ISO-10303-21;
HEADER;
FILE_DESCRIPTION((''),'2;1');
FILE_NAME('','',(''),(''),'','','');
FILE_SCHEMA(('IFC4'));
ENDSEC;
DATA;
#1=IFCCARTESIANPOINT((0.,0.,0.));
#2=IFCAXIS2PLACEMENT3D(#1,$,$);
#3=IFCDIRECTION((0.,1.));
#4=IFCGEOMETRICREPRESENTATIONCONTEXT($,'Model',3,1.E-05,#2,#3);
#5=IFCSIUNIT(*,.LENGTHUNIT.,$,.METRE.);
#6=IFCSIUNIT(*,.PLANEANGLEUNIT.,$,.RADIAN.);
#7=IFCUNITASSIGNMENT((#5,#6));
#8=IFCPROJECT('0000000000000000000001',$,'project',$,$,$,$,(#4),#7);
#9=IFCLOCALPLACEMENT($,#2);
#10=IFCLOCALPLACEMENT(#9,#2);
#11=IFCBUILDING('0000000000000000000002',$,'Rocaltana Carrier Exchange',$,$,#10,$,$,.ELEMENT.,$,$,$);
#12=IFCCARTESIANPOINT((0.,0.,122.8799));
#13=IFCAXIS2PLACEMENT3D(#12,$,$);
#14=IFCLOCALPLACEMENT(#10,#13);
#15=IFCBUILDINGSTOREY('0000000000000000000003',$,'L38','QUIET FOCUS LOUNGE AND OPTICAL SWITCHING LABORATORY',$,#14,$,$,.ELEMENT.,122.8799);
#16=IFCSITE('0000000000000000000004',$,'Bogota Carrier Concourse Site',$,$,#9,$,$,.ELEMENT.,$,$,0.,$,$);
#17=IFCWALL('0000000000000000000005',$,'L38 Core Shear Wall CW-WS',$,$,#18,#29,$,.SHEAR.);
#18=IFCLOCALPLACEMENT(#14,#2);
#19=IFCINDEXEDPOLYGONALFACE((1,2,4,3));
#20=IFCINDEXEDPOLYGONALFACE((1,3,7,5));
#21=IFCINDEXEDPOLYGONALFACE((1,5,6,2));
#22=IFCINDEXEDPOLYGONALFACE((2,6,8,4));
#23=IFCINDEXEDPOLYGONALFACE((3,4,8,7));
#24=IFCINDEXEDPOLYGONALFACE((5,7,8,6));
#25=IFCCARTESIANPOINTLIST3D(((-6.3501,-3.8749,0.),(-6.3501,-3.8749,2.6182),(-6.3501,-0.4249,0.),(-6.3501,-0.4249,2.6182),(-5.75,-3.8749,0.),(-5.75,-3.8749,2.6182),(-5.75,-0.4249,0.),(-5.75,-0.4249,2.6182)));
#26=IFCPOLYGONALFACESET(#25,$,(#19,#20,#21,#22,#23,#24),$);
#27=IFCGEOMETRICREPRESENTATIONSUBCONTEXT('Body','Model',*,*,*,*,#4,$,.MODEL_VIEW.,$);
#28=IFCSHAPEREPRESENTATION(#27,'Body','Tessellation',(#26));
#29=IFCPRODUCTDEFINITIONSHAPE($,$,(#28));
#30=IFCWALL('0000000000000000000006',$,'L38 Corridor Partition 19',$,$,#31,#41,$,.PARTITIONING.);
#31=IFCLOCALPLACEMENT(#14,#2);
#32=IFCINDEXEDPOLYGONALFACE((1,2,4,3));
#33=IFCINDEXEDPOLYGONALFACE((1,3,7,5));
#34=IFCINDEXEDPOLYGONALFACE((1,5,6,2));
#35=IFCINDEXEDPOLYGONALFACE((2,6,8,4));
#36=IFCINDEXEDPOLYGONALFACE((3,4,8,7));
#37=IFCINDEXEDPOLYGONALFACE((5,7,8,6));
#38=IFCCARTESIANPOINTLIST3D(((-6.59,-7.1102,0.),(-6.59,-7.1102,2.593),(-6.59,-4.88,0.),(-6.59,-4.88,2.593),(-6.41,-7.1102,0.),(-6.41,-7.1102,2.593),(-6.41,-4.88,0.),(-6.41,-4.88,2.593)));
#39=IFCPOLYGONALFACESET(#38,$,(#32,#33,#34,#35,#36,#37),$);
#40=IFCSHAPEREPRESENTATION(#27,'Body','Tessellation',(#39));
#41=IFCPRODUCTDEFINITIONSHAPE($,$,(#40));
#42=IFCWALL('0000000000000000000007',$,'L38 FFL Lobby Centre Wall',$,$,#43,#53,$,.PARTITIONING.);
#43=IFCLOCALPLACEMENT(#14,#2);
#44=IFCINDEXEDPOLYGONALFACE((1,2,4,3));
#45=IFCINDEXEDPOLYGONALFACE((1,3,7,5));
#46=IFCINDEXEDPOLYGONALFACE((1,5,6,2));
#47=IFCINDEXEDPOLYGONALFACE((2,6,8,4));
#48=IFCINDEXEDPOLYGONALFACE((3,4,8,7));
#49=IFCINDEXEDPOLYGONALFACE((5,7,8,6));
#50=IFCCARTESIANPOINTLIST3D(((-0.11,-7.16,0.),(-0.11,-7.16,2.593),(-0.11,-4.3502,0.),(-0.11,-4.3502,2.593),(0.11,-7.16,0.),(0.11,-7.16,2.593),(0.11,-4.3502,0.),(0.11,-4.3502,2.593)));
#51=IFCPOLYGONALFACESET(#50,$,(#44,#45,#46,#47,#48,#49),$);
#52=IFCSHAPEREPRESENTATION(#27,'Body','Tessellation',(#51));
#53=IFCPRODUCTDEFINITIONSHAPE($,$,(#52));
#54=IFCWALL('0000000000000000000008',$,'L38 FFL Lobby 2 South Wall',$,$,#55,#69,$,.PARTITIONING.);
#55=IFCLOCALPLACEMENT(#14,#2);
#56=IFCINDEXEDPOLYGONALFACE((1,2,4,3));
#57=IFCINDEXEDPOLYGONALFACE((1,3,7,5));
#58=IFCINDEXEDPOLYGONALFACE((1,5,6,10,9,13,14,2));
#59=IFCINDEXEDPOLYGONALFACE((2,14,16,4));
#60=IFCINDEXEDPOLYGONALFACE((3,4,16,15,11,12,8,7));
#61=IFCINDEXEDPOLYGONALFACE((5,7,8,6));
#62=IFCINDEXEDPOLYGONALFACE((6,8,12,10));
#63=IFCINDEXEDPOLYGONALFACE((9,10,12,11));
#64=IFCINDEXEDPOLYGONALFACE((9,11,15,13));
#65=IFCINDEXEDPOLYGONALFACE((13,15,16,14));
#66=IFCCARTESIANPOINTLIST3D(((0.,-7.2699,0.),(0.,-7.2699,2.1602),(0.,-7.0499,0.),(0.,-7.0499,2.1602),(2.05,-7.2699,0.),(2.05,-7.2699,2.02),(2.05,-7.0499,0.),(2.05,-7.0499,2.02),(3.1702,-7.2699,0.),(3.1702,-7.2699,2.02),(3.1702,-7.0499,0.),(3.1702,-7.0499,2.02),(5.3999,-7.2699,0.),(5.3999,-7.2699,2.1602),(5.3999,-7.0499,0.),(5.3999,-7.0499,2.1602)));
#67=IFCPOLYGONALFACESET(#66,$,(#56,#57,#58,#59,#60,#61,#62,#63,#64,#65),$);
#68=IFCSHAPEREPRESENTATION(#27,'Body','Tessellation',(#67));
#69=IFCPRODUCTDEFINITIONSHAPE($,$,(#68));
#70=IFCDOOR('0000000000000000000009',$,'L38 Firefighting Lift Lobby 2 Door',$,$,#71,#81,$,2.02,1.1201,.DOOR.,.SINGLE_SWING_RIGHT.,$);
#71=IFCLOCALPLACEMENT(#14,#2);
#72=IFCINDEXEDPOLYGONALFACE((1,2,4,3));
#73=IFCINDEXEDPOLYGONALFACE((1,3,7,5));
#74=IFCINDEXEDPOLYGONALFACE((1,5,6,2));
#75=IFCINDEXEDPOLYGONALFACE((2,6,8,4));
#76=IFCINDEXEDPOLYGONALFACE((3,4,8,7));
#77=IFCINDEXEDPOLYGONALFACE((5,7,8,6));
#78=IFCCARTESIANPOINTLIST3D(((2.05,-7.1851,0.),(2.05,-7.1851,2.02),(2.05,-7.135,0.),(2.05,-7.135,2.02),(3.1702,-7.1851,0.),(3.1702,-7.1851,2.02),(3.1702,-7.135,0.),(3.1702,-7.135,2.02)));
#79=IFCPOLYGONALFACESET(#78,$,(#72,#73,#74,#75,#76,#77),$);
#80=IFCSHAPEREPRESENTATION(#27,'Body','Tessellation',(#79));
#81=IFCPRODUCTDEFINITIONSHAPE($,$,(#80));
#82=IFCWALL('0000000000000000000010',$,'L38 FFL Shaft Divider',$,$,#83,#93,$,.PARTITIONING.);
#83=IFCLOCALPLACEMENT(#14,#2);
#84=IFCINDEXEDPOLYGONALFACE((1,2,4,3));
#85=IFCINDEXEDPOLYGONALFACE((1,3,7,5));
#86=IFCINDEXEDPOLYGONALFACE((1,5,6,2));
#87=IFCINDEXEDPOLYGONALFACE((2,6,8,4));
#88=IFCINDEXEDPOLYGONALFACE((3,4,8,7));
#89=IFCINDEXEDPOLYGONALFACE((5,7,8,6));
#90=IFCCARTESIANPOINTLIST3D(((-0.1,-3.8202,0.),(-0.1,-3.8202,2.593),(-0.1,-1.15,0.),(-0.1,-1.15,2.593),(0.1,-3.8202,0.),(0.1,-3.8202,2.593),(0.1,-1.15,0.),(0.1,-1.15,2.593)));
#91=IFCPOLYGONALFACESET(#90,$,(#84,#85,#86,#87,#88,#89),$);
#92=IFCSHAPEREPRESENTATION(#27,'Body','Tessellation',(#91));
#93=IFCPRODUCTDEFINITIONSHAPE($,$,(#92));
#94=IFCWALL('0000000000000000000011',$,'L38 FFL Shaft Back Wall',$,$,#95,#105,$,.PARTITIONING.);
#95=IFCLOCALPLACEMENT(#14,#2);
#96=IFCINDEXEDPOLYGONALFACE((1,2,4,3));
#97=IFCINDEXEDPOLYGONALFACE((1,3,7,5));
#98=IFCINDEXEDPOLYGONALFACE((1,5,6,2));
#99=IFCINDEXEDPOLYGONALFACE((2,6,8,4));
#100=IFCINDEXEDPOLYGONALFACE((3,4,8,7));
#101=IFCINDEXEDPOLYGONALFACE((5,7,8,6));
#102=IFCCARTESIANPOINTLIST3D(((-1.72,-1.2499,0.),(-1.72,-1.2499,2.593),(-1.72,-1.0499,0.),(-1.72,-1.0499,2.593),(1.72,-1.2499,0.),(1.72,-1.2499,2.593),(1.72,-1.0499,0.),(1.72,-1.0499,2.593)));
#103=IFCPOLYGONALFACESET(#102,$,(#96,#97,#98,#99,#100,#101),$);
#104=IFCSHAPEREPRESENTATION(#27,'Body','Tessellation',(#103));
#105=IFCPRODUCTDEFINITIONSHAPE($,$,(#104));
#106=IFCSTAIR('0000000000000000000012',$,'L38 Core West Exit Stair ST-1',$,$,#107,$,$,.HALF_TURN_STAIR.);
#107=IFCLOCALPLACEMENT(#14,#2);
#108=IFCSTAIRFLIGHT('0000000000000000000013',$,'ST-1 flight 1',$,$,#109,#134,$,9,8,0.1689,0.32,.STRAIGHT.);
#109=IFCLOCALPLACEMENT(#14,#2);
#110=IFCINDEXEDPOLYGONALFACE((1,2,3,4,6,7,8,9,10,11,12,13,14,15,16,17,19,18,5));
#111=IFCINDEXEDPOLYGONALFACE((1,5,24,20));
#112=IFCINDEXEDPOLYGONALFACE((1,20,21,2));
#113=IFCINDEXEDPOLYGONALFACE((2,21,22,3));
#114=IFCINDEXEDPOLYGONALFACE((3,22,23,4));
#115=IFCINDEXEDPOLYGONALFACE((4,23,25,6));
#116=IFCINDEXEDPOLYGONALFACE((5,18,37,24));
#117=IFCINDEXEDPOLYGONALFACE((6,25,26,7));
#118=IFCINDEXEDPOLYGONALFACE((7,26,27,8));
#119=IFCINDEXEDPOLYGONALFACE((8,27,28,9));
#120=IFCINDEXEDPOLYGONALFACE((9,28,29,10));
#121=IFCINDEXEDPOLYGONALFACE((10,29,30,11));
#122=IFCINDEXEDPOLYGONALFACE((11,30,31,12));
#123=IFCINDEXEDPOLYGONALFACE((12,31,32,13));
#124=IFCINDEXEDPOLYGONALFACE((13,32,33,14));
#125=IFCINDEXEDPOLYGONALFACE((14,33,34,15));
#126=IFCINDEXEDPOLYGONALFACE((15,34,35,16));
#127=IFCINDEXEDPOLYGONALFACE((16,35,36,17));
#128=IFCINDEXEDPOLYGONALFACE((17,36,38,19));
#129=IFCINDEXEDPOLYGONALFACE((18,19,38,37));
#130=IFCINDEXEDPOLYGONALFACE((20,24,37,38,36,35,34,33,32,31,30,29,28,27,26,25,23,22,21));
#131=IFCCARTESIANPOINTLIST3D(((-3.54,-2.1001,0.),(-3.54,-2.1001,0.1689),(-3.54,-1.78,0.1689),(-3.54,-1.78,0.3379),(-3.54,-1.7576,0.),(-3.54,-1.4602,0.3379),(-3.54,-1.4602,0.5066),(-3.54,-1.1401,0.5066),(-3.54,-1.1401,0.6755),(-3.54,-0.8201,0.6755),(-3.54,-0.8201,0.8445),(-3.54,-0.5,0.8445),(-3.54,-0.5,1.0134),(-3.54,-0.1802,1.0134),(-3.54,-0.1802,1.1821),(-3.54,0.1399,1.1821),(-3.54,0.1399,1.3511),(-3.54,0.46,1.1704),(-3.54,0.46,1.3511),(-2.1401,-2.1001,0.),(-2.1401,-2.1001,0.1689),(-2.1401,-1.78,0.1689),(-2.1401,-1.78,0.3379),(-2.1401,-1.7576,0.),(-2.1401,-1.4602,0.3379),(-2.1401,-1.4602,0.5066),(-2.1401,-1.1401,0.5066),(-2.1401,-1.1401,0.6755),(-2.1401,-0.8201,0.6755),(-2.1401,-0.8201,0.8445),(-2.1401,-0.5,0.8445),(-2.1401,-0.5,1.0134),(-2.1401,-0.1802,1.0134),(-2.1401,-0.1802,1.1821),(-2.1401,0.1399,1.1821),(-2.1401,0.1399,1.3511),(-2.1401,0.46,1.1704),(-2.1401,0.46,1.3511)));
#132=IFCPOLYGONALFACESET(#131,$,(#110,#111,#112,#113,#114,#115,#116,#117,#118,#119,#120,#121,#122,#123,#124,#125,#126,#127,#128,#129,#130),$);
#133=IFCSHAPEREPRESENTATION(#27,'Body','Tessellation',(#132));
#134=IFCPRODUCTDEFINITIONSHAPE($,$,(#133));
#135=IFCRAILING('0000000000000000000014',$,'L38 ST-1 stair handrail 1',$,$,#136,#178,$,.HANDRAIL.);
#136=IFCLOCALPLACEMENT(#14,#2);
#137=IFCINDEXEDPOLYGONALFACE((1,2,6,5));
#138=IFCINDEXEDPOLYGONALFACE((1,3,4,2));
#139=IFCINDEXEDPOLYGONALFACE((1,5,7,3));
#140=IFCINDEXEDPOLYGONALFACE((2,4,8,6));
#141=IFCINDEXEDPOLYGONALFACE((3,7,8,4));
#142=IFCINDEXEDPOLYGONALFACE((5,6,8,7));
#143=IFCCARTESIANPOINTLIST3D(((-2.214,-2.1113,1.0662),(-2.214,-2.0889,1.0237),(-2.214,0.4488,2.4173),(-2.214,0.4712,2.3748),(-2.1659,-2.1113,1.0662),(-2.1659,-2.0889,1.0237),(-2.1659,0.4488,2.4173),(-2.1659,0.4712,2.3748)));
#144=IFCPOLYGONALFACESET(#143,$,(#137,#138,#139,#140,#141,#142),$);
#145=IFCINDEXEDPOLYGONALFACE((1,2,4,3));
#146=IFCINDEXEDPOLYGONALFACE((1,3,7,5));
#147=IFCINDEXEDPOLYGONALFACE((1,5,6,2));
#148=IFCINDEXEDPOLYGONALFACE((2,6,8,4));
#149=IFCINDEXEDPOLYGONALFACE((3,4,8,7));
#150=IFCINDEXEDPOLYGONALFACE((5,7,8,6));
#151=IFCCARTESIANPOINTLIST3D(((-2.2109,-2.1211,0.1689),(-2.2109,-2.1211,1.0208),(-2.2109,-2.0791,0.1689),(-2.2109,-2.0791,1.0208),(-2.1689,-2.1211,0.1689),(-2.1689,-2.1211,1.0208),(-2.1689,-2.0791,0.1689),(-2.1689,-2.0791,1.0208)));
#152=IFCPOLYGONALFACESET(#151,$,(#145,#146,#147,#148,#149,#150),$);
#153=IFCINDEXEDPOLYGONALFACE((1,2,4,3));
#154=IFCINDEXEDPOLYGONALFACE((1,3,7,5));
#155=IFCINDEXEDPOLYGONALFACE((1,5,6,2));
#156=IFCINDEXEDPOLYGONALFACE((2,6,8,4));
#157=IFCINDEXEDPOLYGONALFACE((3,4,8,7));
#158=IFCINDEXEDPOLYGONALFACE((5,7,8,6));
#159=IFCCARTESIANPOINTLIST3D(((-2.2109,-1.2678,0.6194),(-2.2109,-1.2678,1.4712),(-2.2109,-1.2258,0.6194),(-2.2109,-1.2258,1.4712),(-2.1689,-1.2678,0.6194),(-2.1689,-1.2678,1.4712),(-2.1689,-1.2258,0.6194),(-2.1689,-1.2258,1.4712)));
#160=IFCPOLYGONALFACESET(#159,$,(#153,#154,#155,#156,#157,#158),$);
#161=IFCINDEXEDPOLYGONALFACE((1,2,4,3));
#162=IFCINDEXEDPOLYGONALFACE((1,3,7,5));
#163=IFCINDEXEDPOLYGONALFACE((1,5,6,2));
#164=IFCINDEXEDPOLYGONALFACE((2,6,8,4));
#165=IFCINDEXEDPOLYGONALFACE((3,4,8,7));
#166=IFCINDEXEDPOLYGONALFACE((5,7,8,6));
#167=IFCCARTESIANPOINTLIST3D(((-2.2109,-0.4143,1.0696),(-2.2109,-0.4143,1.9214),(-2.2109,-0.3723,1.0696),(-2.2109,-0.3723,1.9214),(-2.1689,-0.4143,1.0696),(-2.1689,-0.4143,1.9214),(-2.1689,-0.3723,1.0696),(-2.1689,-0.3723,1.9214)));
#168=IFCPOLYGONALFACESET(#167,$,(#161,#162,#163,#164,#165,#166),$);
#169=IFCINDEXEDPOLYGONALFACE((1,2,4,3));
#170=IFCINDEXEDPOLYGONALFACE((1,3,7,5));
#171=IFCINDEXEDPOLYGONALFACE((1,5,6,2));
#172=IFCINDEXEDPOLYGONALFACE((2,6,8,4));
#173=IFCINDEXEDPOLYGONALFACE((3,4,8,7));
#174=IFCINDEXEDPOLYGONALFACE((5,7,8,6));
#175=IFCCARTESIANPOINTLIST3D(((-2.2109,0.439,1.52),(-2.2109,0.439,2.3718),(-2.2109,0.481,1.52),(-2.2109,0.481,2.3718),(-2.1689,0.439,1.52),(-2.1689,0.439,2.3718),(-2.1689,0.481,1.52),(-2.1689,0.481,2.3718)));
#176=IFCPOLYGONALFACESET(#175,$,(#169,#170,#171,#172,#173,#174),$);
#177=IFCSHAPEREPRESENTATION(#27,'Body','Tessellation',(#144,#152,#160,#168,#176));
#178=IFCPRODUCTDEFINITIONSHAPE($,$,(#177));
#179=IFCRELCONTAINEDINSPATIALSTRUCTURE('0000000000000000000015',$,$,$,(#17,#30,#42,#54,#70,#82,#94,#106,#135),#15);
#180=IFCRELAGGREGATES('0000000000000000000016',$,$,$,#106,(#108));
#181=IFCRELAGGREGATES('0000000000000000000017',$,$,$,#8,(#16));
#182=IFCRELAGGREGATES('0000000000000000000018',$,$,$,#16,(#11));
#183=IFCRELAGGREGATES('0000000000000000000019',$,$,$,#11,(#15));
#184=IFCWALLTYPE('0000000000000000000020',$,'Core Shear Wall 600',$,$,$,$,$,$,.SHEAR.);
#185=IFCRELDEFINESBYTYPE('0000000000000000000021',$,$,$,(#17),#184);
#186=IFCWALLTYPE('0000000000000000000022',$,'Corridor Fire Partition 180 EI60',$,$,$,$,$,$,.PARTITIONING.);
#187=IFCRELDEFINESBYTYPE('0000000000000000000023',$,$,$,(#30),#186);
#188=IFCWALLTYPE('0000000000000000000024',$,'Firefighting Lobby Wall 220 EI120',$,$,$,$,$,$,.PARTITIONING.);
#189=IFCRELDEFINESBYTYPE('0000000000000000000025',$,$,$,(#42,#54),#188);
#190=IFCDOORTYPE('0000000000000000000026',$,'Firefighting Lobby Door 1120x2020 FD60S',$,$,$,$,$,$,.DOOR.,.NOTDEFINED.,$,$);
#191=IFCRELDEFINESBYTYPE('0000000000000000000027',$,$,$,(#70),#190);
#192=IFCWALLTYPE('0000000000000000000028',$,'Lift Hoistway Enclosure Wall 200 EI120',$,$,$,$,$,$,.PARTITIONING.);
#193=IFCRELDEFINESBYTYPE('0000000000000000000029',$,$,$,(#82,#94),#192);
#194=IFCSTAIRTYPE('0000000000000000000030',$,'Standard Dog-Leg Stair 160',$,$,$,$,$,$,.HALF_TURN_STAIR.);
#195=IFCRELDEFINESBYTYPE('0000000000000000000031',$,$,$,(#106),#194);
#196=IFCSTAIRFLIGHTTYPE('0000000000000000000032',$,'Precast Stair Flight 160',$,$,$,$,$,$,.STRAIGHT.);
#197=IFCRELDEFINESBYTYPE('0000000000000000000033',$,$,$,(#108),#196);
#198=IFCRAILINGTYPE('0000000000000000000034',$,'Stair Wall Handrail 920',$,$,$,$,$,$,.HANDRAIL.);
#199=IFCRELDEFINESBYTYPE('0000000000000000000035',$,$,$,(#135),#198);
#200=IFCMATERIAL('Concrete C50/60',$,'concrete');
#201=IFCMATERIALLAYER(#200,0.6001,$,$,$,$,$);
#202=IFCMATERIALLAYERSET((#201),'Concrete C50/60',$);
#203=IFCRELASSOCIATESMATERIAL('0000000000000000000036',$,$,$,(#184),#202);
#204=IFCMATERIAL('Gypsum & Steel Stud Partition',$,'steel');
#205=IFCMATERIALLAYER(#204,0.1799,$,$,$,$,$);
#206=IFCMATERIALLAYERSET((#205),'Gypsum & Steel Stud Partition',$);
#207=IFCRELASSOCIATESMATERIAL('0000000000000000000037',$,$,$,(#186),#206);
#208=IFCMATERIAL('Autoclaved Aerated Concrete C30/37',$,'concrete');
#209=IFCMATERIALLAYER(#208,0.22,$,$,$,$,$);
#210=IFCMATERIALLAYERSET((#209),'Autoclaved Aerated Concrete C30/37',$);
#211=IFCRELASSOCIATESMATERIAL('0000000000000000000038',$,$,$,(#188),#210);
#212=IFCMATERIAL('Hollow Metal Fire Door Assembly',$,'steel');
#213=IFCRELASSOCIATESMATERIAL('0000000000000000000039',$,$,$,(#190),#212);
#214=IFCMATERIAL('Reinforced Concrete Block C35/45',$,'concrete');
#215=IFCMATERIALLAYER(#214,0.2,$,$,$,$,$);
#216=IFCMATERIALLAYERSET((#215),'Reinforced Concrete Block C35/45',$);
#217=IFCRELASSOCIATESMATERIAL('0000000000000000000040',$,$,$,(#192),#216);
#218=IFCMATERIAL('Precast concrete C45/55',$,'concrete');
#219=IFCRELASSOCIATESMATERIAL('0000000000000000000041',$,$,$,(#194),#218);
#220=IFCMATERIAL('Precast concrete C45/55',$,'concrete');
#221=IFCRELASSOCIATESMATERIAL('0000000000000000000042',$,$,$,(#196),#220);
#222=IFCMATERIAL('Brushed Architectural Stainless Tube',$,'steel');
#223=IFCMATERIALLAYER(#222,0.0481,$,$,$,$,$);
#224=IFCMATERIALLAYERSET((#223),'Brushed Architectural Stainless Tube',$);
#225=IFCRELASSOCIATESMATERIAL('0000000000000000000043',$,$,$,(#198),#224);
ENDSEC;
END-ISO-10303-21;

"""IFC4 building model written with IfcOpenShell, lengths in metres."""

from ifc_helpers import new_model, si_unit, direction, frame, frame_2d, origin, origin_2d, place, context, subcontext, project, spatial, polyline, rectangle, outline, extrude, material, layer, layer_set, type_object, element, fill, aggregate, save


model = new_model("IFC4")

# Units and contexts
model_context = context("Model", 3, precision=1e-05, world=origin(), true_north=direction((0.0, 1.0)))
body_context = subcontext(model_context, "Body", "Model", "MODEL_VIEW")
ifc_project = project(units=[si_unit("LENGTHUNIT", "METRE"), si_unit("PLANEANGLEUNIT", "RADIAN")], contexts=[model_context])

# Site, building, storey
site_placement = place(None, origin())
site = spatial("IfcSite", under=ifc_project, at=site_placement, Name="Bogota Carrier Concourse Site", CompositionType="ELEMENT", RefElevation=0.0)
building_placement = place(site_placement, origin())
building = spatial("IfcBuilding", under=site, at=building_placement, Name="Rocaltana Carrier Exchange", CompositionType="ELEMENT")
storey_placement = place(building_placement, frame((0.0, 0.0, 122.8799)))
storey = spatial("IfcBuildingStorey", under=building, at=storey_placement, Name="L38", Description="QUIET FOCUS LOUNGE AND OPTICAL SWITCHING LABORATORY", CompositionType="ELEMENT", Elevation=122.8799)

# Walls
ifc_material_1 = material(Name="Concrete C50/60", Category="concrete")
ifc_layer_1 = layer(ifc_material_1, 0.6001)
ifc_layer_set_1 = layer_set([ifc_layer_1], Name="Concrete C50/60")
wall_type_1 = type_object("IfcWallType", Name="Core Shear Wall 600", PredefinedType="SHEAR", material=ifc_layer_set_1)
wall_1_placement = place(storey_placement, frame((-6.05, -3.875, 0.0), z_axis=(0.0, 0.0, 1.0), x_axis=(0.0, 1.0, 0.0)))
element("IfcWall", 1, at=wall_1_placement, inside=storey, type_object=wall_type_1, Name="L38 Core Shear Wall CW-WS", PredefinedType="SHEAR", context=body_context, shape_type="SweptSolid", body=[
    extrude(rectangle(XDim=3.45, YDim=0.6001, at=frame_2d((1.7251, 0.0))), origin(), (0.0, 0.0, 1.0), 2.6182),
])
ifc_material_2 = material(Name="Gypsum & Steel Stud Partition", Category="steel")
ifc_layer_2 = layer(ifc_material_2, 0.1799)
ifc_layer_set_2 = layer_set([ifc_layer_2], Name="Gypsum & Steel Stud Partition")
wall_type_2 = type_object("IfcWallType", Name="Corridor Fire Partition 180 EI60", PredefinedType="PARTITIONING", material=ifc_layer_set_2)
wall_2_placement = place(storey_placement, frame((-6.5, -4.8799, 0.0), z_axis=(0.0, 0.0, 1.0), x_axis=(0.0, -1.0, 0.0)))
element("IfcWall", 2, at=wall_2_placement, inside=storey, type_object=wall_type_2, Name="L38 Corridor Partition 19", PredefinedType="PARTITIONING", context=body_context, shape_type="SweptSolid", body=[
    extrude(rectangle(XDim=2.2302, YDim=0.1799, at=frame_2d((1.1152, 0.0))), origin(), (0.0, 0.0, 1.0), 2.593),
])
ifc_material_3 = material(Name="Autoclaved Aerated Concrete C30/37", Category="concrete")
ifc_layer_3 = layer(ifc_material_3, 0.22)
ifc_layer_set_3 = layer_set([ifc_layer_3], Name="Autoclaved Aerated Concrete C30/37")
wall_type_3 = type_object("IfcWallType", Name="Firefighting Lobby Wall 220 EI120", PredefinedType="PARTITIONING", material=ifc_layer_set_3)
wall_3_placement = place(storey_placement, frame((0.0, -7.1599, 0.0), z_axis=(0.0, 0.0, 1.0), x_axis=(0.0, 1.0, 0.0)))
element("IfcWall", 3, at=wall_3_placement, inside=storey, type_object=wall_type_3, Name="L38 FFL Lobby Centre Wall", PredefinedType="PARTITIONING", context=body_context, shape_type="SweptSolid", body=[
    extrude(rectangle(XDim=2.8098, YDim=0.22, at=frame_2d((1.4048, 0.0))), origin(), (0.0, 0.0, 1.0), 2.593),
])

# Wall, opening, door
wall_4_placement = place(storey_placement, frame((0.0, -7.1599, 0.0), z_axis=(0.0, 0.0, 1.0), x_axis=(1.0, 0.0, 0.0)))
wall_4 = element("IfcWall", 4, at=wall_4_placement, inside=storey, type_object=wall_type_3, Name="L38 FFL Lobby 2 South Wall", PredefinedType="PARTITIONING", context=body_context, shape_type="SweptSolid", body=[
    extrude(rectangle(XDim=5.3999, YDim=0.22, at=frame_2d((2.7, 0.0))), origin(), (0.0, 0.0, 1.0), 2.1602),
])
opening_1_placement = place(wall_4_placement, frame((2.05, 0.0, 0.0)))
opening_1 = element("IfcOpeningElement", 5, at=opening_1_placement, cuts=wall_4, PredefinedType="OPENING", context=body_context, shape_type="SweptSolid", body=[
    extrude(rectangle(XDim=1.1201, YDim=2.02, at=frame_2d((0.5601, 1.01))), frame((0.0, 0.1199, 0.0), z_axis=(0.0, -1.0, 0.0), x_axis=(1.0, 0.0, 0.0)), (0.0, 0.0, 1.0), 0.24),
])
ifc_material_4 = material(Name="Hollow Metal Fire Door Assembly", Category="steel")
door_type_1 = type_object("IfcDoorType", Name="Firefighting Lobby Door 1120x2020 FD60S", OperationType="NOTDEFINED", PredefinedType="DOOR", material=ifc_material_4)
door_1_placement = place(opening_1_placement, origin())
door_1 = element("IfcDoor", 6, at=door_1_placement, inside=storey, type_object=door_type_1, Name="L38 Firefighting Lift Lobby 2 Door", OperationType="SINGLE_SWING_RIGHT", OverallHeight=2.02, OverallWidth=1.1201, PredefinedType="DOOR", context=body_context, shape_type="SweptSolid", body=[
    extrude(rectangle(XDim=1.1201, YDim=2.02, at=frame_2d((0.5601, 1.01))), frame((0.0, 0.0249, 0.0), z_axis=(0.0, -1.0, 0.0), x_axis=(1.0, 0.0, 0.0)), (0.0, 0.0, 1.0), 0.05),
])
fill(opening_1, door_1)

# Walls
ifc_material_5 = material(Name="Reinforced Concrete Block C35/45", Category="concrete")
ifc_layer_4 = layer(ifc_material_5, 0.2)
ifc_layer_set_4 = layer_set([ifc_layer_4], Name="Reinforced Concrete Block C35/45")
wall_type_4 = type_object("IfcWallType", Name="Lift Hoistway Enclosure Wall 200 EI120", PredefinedType="PARTITIONING", material=ifc_layer_set_4)
wall_5_placement = place(storey_placement, frame((0.0, -3.8201, 0.0), z_axis=(0.0, 0.0, 1.0), x_axis=(0.0, 1.0, 0.0)))
element("IfcWall", 7, at=wall_5_placement, inside=storey, type_object=wall_type_4, Name="L38 FFL Shaft Divider", PredefinedType="PARTITIONING", context=body_context, shape_type="SweptSolid", body=[
    extrude(rectangle(XDim=2.6702, YDim=0.2, at=frame_2d((1.335, 0.0))), origin(), (0.0, 0.0, 1.0), 2.593),
])
wall_6_placement = place(storey_placement, frame((-1.72, -1.1499, 0.0), z_axis=(0.0, 0.0, 1.0), x_axis=(1.0, 0.0, 0.0)))
element("IfcWall", 8, at=wall_6_placement, inside=storey, type_object=wall_type_4, Name="L38 FFL Shaft Back Wall", PredefinedType="PARTITIONING", context=body_context, shape_type="SweptSolid", body=[
    extrude(rectangle(XDim=3.4399, YDim=0.2, at=frame_2d((1.72, 0.0))), origin(), (0.0, 0.0, 1.0), 2.593),
])

# Stair, stair flight
ifc_material_6 = material(Name="Precast concrete C45/55", Category="concrete")
stair_type = type_object("IfcStairType", Name="Standard Dog-Leg Stair 160", PredefinedType="HALF_TURN_STAIR", material=ifc_material_6)
stair_placement = place(storey_placement, origin())
stair = element("IfcStair", 9, at=stair_placement, inside=storey, type_object=stair_type, Name="L38 Core West Exit Stair ST-1", PredefinedType="HALF_TURN_STAIR")
ifc_material_7 = material(Name="Precast concrete C45/55", Category="concrete")
stair_flight_type = type_object("IfcStairFlightType", Name="Precast Stair Flight 160", PredefinedType="STRAIGHT", material=ifc_material_7)
stair_flight_placement = place(storey_placement, frame((-2.8401, -2.1001, 0.0), z_axis=(0.0, 0.0, 1.0), x_axis=(0.0, 1.0, 0.0)))
stair_flight = element("IfcStairFlight", 10, at=stair_flight_placement, type_object=stair_flight_type, Name="ST-1 flight 1", NumberOfRisers=9, NumberOfTreads=8, PredefinedType="STRAIGHT", RiserHeight=0.1689, TreadLength=0.32, context=body_context, shape_type="SweptSolid", body=[
    extrude(outline(polyline([(0.0, 0.0), (0.0, 0.1689), (0.3201, 0.1689), (0.3201, 0.3379), (0.6399, 0.3379), (0.6399, 0.5066), (0.96, 0.5066), (0.96, 0.6755), (1.28, 0.6755), (1.28, 0.8445), (1.6001, 0.8445), (1.6001, 1.0134), (1.9199, 1.0134), (1.9199, 1.1821), (2.24, 1.1821), (2.24, 1.3511), (2.5601, 1.3511), (2.5601, 1.52), (2.5601, 1.1704), (0.3425, 0.0), (0.0, 0.0)])), frame((0.0, 0.7, 0.0), z_axis=(0.0, -1.0, 0.0), x_axis=(1.0, 0.0, 0.0)), (0.0, 0.0, 1.0), 1.3999),
])
aggregate(stair, [stair_flight])

# Railing
ifc_material_8 = material(Name="Brushed Architectural Stainless Tube", Category="steel")
ifc_layer_5 = layer(ifc_material_8, 0.0481)
ifc_layer_set_5 = layer_set([ifc_layer_5], Name="Brushed Architectural Stainless Tube")
railing_type_1 = type_object("IfcRailingType", Name="Stair Wall Handrail 920", PredefinedType="HANDRAIL", material=ifc_layer_set_5)
railing_1_placement = place(storey_placement, frame((-2.1899, -2.1001, 0.1689)))
element("IfcRailing", 11, at=railing_1_placement, inside=storey, type_object=railing_type_1, Name="L38 ST-1 stair handrail 1", PredefinedType="HANDRAIL", context=body_context, shape_type="SweptSolid", body=[
    extrude(rectangle(XDim=0.0481, YDim=0.0481, at=origin_2d()), frame((0.0, 0.0, 0.876), z_axis=(0.0, 0.884394, 0.46674), x_axis=(-1.0, 0.0, 0.0)), (0.0, 0.0, 1.0), 2.8948),
    extrude(rectangle(XDim=0.042, YDim=0.042, at=origin_2d()), origin(), (0.0, 0.0, 1.0), 0.8518),
    extrude(rectangle(XDim=0.042, YDim=0.042, at=origin_2d()), frame((0.0, 0.8533, 0.4504)), (0.0, 0.0, 1.0), 0.8518),
    extrude(rectangle(XDim=0.042, YDim=0.042, at=origin_2d()), frame((0.0, 1.7068, 0.9006)), (0.0, 0.0, 1.0), 0.8518),
    extrude(rectangle(XDim=0.042, YDim=0.042, at=origin_2d()), frame((0.0, 2.5601, 1.3511)), (0.0, 0.0, 1.0), 0.8518),
])

save(model, "model.ifc")
